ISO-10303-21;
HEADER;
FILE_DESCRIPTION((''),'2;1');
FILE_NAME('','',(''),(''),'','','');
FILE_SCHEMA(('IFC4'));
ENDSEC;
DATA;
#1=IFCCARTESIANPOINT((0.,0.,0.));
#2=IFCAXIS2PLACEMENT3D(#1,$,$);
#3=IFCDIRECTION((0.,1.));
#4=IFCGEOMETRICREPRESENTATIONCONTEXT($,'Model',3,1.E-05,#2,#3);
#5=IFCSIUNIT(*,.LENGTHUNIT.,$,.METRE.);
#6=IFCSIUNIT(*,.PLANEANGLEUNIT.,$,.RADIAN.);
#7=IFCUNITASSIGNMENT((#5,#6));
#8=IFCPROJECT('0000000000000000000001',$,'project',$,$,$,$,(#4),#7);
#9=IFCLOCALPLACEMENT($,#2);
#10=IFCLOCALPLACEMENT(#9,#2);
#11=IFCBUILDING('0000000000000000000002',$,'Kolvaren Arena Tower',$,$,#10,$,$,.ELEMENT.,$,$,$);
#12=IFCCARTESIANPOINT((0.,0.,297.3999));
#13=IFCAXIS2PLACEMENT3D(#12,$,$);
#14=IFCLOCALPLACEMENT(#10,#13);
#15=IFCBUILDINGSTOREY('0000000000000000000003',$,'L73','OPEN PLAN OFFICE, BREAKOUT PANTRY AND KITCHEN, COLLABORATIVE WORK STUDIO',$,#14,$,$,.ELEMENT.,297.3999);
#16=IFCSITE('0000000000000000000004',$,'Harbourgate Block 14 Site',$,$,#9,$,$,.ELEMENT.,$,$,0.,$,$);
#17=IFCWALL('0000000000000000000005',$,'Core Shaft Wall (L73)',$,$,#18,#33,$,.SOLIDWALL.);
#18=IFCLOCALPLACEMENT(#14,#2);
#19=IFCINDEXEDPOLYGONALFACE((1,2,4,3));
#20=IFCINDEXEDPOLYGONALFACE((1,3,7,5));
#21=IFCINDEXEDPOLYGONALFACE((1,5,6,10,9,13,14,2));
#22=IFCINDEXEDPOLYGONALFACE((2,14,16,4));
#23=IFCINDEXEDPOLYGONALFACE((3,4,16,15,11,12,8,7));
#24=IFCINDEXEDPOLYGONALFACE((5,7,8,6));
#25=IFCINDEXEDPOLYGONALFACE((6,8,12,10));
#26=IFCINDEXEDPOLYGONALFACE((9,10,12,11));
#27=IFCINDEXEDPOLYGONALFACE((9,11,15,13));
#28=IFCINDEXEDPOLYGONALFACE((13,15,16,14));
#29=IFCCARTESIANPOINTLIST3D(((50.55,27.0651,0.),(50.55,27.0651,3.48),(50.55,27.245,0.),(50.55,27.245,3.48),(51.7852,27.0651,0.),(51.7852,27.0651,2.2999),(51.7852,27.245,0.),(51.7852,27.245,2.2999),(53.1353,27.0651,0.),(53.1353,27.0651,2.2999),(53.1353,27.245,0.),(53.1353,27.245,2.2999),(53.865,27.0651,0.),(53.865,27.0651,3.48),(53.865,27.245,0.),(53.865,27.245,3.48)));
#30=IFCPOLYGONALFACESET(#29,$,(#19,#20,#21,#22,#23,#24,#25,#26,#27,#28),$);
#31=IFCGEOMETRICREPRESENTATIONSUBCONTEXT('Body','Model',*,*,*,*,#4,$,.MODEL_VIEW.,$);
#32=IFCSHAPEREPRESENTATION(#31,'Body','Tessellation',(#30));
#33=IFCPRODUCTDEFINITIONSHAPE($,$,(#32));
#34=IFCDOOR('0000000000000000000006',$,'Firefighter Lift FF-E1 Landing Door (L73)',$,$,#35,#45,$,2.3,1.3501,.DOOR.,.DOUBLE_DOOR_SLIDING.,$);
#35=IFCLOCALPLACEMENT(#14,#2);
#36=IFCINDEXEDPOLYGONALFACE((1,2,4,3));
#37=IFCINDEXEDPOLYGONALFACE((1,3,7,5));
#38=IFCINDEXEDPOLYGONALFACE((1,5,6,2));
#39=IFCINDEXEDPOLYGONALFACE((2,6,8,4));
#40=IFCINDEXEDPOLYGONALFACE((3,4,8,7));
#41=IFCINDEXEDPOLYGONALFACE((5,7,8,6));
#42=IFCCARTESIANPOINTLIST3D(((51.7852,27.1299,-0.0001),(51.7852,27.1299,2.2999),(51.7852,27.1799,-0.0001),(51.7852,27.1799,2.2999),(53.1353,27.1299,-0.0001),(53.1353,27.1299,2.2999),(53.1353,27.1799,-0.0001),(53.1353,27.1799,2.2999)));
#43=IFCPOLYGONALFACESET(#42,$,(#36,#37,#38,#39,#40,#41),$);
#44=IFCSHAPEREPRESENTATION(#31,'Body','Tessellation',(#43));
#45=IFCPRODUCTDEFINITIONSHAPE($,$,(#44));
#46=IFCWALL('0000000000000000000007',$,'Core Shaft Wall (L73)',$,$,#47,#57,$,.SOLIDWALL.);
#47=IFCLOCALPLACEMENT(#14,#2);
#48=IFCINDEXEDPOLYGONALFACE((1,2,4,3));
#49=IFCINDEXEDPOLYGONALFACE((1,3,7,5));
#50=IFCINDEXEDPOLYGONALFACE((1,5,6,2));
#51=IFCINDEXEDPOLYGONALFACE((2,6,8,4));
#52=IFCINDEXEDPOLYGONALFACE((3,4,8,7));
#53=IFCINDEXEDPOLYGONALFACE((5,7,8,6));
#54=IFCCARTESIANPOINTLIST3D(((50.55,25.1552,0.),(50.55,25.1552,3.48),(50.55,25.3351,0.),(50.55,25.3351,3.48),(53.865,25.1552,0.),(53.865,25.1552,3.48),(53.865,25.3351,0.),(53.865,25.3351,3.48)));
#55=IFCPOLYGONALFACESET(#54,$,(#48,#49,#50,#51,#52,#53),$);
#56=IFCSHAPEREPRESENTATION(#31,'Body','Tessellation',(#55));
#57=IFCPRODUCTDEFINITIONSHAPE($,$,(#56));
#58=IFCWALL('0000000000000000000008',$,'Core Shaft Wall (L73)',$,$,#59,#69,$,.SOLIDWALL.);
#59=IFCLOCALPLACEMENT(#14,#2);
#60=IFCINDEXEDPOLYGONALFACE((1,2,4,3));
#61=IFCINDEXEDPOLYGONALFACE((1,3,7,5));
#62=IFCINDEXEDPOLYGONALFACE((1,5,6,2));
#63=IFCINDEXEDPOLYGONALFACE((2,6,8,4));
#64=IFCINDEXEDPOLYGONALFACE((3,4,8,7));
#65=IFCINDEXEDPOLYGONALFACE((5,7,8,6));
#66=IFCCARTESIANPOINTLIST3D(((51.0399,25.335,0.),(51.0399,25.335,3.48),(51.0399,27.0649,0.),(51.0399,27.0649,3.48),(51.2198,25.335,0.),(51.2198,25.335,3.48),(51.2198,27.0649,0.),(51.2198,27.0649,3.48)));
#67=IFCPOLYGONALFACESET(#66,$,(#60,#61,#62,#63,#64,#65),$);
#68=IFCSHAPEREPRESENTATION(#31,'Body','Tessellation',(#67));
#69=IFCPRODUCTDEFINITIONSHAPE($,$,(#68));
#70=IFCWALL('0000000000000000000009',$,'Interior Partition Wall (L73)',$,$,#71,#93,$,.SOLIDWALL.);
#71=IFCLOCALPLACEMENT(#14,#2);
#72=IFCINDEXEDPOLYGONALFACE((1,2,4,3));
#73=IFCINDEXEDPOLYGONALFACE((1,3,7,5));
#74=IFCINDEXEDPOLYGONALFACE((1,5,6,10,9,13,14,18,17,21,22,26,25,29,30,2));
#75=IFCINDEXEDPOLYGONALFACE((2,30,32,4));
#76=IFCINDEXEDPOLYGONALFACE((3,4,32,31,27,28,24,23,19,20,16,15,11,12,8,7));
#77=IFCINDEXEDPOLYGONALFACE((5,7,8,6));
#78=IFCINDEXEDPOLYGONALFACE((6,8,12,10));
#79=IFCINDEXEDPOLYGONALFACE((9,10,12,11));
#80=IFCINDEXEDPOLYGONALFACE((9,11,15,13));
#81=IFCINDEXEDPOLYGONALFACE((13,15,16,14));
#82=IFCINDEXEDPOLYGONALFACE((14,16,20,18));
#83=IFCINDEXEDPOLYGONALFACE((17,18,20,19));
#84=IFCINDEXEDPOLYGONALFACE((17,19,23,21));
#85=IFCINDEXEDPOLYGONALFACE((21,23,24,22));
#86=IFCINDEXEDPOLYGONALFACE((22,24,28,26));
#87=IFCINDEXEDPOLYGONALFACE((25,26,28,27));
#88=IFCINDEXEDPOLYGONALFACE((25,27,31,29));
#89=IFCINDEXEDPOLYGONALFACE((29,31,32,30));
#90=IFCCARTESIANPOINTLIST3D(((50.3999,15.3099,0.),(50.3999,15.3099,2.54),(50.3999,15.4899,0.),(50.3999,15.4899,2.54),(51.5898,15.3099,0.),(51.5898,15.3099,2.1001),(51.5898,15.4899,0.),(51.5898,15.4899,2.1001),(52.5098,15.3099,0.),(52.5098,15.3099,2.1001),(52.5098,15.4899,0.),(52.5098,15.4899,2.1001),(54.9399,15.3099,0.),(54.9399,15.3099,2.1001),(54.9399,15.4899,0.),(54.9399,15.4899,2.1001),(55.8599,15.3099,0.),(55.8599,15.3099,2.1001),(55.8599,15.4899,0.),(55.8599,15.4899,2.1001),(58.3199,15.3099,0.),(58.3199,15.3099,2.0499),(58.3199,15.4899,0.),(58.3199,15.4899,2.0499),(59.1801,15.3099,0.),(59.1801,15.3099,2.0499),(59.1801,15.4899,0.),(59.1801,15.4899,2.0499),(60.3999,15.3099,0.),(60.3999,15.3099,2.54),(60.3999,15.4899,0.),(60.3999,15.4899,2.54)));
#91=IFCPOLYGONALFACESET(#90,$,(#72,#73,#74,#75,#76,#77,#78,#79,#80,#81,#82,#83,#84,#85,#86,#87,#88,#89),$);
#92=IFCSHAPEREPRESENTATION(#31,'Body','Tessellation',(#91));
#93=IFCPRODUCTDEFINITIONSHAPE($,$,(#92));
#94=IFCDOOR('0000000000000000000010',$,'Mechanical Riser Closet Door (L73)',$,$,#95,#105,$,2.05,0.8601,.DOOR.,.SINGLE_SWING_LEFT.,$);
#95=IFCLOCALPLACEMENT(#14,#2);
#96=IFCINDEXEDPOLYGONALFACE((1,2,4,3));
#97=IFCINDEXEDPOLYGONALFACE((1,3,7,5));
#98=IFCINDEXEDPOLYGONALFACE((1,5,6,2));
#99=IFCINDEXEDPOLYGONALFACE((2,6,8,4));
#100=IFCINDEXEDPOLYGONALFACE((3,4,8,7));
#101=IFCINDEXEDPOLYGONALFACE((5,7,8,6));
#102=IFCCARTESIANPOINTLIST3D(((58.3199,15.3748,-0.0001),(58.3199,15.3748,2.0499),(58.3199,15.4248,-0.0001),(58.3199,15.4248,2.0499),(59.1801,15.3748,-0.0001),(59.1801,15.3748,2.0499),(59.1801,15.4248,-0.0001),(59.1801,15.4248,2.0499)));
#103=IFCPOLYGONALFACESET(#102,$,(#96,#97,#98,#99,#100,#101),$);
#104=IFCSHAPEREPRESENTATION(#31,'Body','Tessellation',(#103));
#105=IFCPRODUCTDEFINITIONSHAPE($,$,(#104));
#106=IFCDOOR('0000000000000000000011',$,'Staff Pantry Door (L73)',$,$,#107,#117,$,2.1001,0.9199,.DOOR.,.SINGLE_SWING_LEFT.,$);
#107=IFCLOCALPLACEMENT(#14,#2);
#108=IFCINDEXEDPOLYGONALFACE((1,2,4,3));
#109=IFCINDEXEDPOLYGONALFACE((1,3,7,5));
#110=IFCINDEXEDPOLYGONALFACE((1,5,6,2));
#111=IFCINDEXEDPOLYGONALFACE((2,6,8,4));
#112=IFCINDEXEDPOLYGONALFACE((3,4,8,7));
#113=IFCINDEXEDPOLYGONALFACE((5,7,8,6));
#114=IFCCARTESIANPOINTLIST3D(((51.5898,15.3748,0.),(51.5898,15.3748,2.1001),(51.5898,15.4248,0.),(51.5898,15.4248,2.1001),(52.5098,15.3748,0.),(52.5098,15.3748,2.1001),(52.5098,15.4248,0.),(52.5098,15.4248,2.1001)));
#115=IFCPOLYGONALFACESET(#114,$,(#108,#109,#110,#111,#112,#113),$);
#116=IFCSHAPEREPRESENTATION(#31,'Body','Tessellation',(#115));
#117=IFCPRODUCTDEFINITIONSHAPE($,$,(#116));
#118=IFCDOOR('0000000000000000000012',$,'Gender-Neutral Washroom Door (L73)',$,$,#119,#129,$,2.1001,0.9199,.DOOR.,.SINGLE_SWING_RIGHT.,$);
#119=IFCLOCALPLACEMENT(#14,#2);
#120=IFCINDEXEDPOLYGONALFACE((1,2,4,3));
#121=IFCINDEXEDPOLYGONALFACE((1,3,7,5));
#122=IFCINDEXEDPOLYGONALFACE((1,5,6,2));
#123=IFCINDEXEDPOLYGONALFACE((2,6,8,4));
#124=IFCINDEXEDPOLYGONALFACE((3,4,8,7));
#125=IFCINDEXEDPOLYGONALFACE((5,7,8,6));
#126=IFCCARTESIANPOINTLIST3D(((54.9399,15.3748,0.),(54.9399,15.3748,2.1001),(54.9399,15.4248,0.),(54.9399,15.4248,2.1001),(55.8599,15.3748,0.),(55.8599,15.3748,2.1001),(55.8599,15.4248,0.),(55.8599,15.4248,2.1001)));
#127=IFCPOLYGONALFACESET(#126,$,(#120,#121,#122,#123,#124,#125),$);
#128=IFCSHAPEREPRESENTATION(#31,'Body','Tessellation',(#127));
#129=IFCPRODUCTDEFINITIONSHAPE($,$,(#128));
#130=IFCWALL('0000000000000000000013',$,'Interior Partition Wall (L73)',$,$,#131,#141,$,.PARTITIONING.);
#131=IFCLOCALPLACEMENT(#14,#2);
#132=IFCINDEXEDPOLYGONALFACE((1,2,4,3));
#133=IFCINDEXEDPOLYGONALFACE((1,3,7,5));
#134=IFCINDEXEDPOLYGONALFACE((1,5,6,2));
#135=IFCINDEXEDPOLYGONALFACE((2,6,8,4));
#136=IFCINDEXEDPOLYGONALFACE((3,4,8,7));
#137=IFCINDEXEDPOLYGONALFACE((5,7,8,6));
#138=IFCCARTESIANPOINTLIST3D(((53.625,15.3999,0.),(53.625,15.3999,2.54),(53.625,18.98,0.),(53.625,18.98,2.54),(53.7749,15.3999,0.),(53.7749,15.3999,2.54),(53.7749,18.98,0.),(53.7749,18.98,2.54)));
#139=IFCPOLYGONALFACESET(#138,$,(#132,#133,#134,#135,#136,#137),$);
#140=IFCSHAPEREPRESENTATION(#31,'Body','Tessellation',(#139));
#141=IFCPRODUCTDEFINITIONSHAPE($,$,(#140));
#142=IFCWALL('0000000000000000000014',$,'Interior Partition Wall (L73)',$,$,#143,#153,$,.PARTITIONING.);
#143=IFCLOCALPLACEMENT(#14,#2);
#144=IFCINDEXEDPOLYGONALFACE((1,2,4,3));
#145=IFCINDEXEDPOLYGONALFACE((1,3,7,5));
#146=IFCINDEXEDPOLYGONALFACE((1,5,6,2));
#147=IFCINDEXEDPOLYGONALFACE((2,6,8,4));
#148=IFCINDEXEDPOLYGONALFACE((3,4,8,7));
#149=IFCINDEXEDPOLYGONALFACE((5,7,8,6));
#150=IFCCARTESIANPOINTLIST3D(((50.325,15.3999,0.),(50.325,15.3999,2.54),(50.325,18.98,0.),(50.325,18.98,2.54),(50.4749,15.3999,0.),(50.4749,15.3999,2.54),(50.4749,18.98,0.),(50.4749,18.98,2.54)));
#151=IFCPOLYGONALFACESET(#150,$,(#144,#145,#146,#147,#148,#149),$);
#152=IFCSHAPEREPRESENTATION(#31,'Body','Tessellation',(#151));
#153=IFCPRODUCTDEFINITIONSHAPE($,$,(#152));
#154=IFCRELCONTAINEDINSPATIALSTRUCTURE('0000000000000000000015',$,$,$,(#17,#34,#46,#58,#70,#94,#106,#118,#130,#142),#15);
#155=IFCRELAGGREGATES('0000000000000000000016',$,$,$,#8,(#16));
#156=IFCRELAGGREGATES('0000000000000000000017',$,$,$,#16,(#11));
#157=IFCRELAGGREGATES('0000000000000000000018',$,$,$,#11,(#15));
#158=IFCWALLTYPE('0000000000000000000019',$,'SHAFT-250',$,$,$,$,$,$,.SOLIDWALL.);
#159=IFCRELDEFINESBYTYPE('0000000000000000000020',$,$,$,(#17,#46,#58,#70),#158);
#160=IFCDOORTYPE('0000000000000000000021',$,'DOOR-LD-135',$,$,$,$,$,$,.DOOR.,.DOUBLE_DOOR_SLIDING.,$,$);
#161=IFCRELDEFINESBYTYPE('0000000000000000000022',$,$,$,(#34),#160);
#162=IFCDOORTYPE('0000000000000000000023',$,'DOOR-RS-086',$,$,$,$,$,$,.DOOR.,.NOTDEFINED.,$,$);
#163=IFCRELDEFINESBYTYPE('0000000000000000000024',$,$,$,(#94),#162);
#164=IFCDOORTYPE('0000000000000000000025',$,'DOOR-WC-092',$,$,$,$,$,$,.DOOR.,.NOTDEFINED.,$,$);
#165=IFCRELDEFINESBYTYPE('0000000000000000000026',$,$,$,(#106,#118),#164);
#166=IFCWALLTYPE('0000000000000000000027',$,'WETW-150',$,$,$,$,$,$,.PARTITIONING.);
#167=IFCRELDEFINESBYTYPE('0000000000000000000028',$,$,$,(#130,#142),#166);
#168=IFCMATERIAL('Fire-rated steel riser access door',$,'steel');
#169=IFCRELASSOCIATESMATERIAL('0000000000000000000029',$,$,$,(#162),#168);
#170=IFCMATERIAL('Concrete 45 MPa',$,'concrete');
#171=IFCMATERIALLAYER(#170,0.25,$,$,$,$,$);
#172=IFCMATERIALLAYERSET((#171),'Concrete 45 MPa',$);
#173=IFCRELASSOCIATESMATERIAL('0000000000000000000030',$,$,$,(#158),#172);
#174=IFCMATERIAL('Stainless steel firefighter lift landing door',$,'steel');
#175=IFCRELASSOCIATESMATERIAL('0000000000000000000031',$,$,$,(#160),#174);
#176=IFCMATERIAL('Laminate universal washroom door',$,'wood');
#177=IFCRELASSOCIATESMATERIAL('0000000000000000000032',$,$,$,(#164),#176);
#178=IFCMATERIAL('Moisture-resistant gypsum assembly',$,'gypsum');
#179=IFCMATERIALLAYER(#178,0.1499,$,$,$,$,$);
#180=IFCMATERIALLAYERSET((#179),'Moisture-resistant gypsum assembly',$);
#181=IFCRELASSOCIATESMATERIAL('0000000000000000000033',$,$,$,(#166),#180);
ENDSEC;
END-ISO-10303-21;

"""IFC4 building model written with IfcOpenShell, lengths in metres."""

from ifc_helpers import new_model, si_unit, direction, frame, frame_2d, origin, place, context, subcontext, project, spatial, rectangle, extrude, material, layer, layer_set, type_object, element, fill, save


model = new_model("IFC4")

# Units and contexts
model_context = context("Model", 3, precision=1e-05, world=origin(), true_north=direction((0.0, 1.0)))
body_context = subcontext(model_context, "Body", "Model", "MODEL_VIEW")
ifc_project = project(units=[si_unit("LENGTHUNIT", "METRE"), si_unit("PLANEANGLEUNIT", "RADIAN")], contexts=[model_context])

# Site, building, storey
site_placement = place(None, origin())
site = spatial("IfcSite", under=ifc_project, at=site_placement, Name="Harbourgate Block 14 Site", CompositionType="ELEMENT", RefElevation=0.0)
building_placement = place(site_placement, origin())
building = spatial("IfcBuilding", under=site, at=building_placement, Name="Kolvaren Arena Tower", CompositionType="ELEMENT")
storey_placement = place(building_placement, frame((0.0, 0.0, 297.3999)))
storey = spatial("IfcBuildingStorey", under=building, at=storey_placement, Name="L73", Description="OPEN PLAN OFFICE, BREAKOUT PANTRY AND KITCHEN, COLLABORATIVE WORK STUDIO", CompositionType="ELEMENT", Elevation=297.3999)

# Shared definitions
ifc_material_1 = material(Name="Fire-rated steel riser access door", Category="steel")
door_type_1 = type_object("IfcDoorType", Name="DOOR-RS-086", OperationType="NOTDEFINED", PredefinedType="DOOR", material=ifc_material_1)

# Wall, opening, door
ifc_material_2 = material(Name="Concrete 45 MPa", Category="concrete")
ifc_layer_1 = layer(ifc_material_2, 0.25)
ifc_layer_set_1 = layer_set([ifc_layer_1], Name="Concrete 45 MPa")
wall_type_1 = type_object("IfcWallType", Name="SHAFT-250", PredefinedType="SOLIDWALL", material=ifc_layer_set_1)
wall_1_placement = place(storey_placement, frame((50.55, 27.155, 0.0), z_axis=(0.0, 0.0, 1.0), x_axis=(1.0, 0.0, 0.0)))
wall_1 = element("IfcWall", 1, at=wall_1_placement, inside=storey, type_object=wall_type_1, Name="Core Shaft Wall (L73)", PredefinedType="SOLIDWALL", context=body_context, shape_type="SweptSolid", body=[
    extrude(rectangle(XDim=3.3149, YDim=0.1799, at=frame_2d((1.6575, 0.0))), origin(), (0.0, 0.0, 1.0), 3.48),
])
opening_1_placement = place(wall_1_placement, frame((1.2351, 0.0, 0.0)))
opening_1 = element("IfcOpeningElement", 2, at=opening_1_placement, cuts=wall_1, PredefinedType="OPENING", context=body_context, shape_type="SweptSolid", body=[
    extrude(rectangle(XDim=1.3501, YDim=2.3, at=frame_2d((0.675, 1.1499))), frame((0.0, 0.0999, 0.0), z_axis=(0.0, -1.0, 0.0), x_axis=(1.0, 0.0, 0.0)), (0.0, 0.0, 1.0), 0.2),
])
ifc_material_3 = material(Name="Stainless steel firefighter lift landing door", Category="steel")
door_type_2 = type_object("IfcDoorType", Name="DOOR-LD-135", OperationType="DOUBLE_DOOR_SLIDING", PredefinedType="DOOR", material=ifc_material_3)
door_1_placement = place(opening_1_placement, origin())
door_1 = element("IfcDoor", 3, at=door_1_placement, inside=storey, type_object=door_type_2, Name="Firefighter Lift FF-E1 Landing Door (L73)", OperationType="DOUBLE_DOOR_SLIDING", OverallHeight=2.3, OverallWidth=1.3501, PredefinedType="DOOR", context=body_context, shape_type="SweptSolid", body=[
    extrude(rectangle(XDim=1.3501, YDim=2.3, at=frame_2d((0.675, 1.1499))), frame((0.0, 0.0249, 0.0), z_axis=(0.0, -1.0, 0.0), x_axis=(1.0, 0.0, 0.0)), (0.0, 0.0, 1.0), 0.05),
])
fill(opening_1, door_1)

# Walls
wall_2_placement = place(storey_placement, frame((50.55, 25.2451, 0.0), z_axis=(0.0, 0.0, 1.0), x_axis=(1.0, 0.0, 0.0)))
element("IfcWall", 4, at=wall_2_placement, inside=storey, type_object=wall_type_1, Name="Core Shaft Wall (L73)", PredefinedType="SOLIDWALL", context=body_context, shape_type="SweptSolid", body=[
    extrude(rectangle(XDim=3.3149, YDim=0.1799, at=frame_2d((1.6575, 0.0))), origin(), (0.0, 0.0, 1.0), 3.48),
])
wall_3_placement = place(storey_placement, frame((51.1299, 25.335, 0.0), z_axis=(0.0, 0.0, 1.0), x_axis=(0.0, 1.0, 0.0)))
element("IfcWall", 5, at=wall_3_placement, inside=storey, type_object=wall_type_1, Name="Core Shaft Wall (L73)", PredefinedType="SOLIDWALL", context=body_context, shape_type="SweptSolid", body=[
    extrude(rectangle(XDim=1.73, YDim=0.1799, at=frame_2d((0.865, 0.0))), origin(), (0.0, 0.0, 1.0), 3.48),
])

# Wall, openings, doors
wall_4_placement = place(storey_placement, frame((50.3999, 15.3999, 0.0), z_axis=(0.0, 0.0, 1.0), x_axis=(1.0, 0.0, 0.0)))
wall_4 = element("IfcWall", 6, at=wall_4_placement, inside=storey, type_object=wall_type_1, Name="Interior Partition Wall (L73)", PredefinedType="SOLIDWALL", context=body_context, shape_type="SweptSolid", body=[
    extrude(rectangle(XDim=10.0, YDim=0.1799, at=frame_2d((5.0, 0.0))), origin(), (0.0, 0.0, 1.0), 2.54),
])
opening_2_placement = place(wall_4_placement, frame((1.1899, 0.0, 0.0)))
opening_2 = element("IfcOpeningElement", 7, at=opening_2_placement, cuts=wall_4, PredefinedType="OPENING", context=body_context, shape_type="SweptSolid", body=[
    extrude(rectangle(XDim=0.9199, YDim=2.1001, at=frame_2d((0.46, 1.05))), frame((0.0, 0.0999, 0.0), z_axis=(0.0, -1.0, 0.0), x_axis=(1.0, 0.0, 0.0)), (0.0, 0.0, 1.0), 0.2),
])
opening_3_placement = place(wall_4_placement, frame((4.54, 0.0, 0.0)))
opening_3 = element("IfcOpeningElement", 8, at=opening_3_placement, cuts=wall_4, PredefinedType="OPENING", context=body_context, shape_type="SweptSolid", body=[
    extrude(rectangle(XDim=0.9199, YDim=2.1001, at=frame_2d((0.46, 1.05))), frame((0.0, 0.0999, 0.0), z_axis=(0.0, -1.0, 0.0), x_axis=(1.0, 0.0, 0.0)), (0.0, 0.0, 1.0), 0.2),
])
opening_4_placement = place(wall_4_placement, frame((7.9199, 0.0, 0.0)))
opening_4 = element("IfcOpeningElement", 9, at=opening_4_placement, cuts=wall_4, PredefinedType="OPENING", context=body_context, shape_type="SweptSolid", body=[
    extrude(rectangle(XDim=0.8601, YDim=2.05, at=frame_2d((0.4302, 1.0249))), frame((0.0, 0.0999, 0.0), z_axis=(0.0, -1.0, 0.0), x_axis=(1.0, 0.0, 0.0)), (0.0, 0.0, 1.0), 0.2),
])
door_2_placement = place(opening_4_placement, origin())
door_2 = element("IfcDoor", 10, at=door_2_placement, inside=storey, type_object=door_type_1, Name="Mechanical Riser Closet Door (L73)", OperationType="SINGLE_SWING_LEFT", OverallHeight=2.05, OverallWidth=0.8601, PredefinedType="DOOR", context=body_context, shape_type="SweptSolid", body=[
    extrude(rectangle(XDim=0.8601, YDim=2.05, at=frame_2d((0.4302, 1.0249))), frame((0.0, 0.0249, 0.0), z_axis=(0.0, -1.0, 0.0), x_axis=(1.0, 0.0, 0.0)), (0.0, 0.0, 1.0), 0.05),
])
fill(opening_4, door_2)
ifc_material_4 = material(Name="Laminate universal washroom door", Category="wood")
door_type_3 = type_object("IfcDoorType", Name="DOOR-WC-092", OperationType="NOTDEFINED", PredefinedType="DOOR", material=ifc_material_4)
door_3_placement = place(opening_2_placement, origin())
door_3 = element("IfcDoor", 11, at=door_3_placement, inside=storey, type_object=door_type_3, Name="Staff Pantry Door (L73)", OperationType="SINGLE_SWING_LEFT", OverallHeight=2.1001, OverallWidth=0.9199, PredefinedType="DOOR", context=body_context, shape_type="SweptSolid", body=[
    extrude(rectangle(XDim=0.9199, YDim=2.1001, at=frame_2d((0.46, 1.05))), frame((0.0, 0.0249, 0.0), z_axis=(0.0, -1.0, 0.0), x_axis=(1.0, 0.0, 0.0)), (0.0, 0.0, 1.0), 0.05),
])
fill(opening_2, door_3)
door_4_placement = place(opening_3_placement, origin())
door_4 = element("IfcDoor", 12, at=door_4_placement, inside=storey, type_object=door_type_3, Name="Gender-Neutral Washroom Door (L73)", OperationType="SINGLE_SWING_RIGHT", OverallHeight=2.1001, OverallWidth=0.9199, PredefinedType="DOOR", context=body_context, shape_type="SweptSolid", body=[
    extrude(rectangle(XDim=0.9199, YDim=2.1001, at=frame_2d((0.46, 1.05))), frame((0.0, 0.0249, 0.0), z_axis=(0.0, -1.0, 0.0), x_axis=(1.0, 0.0, 0.0)), (0.0, 0.0, 1.0), 0.05),
])
fill(opening_3, door_4)

# Walls
ifc_material_5 = material(Name="Moisture-resistant gypsum assembly", Category="gypsum")
ifc_layer_2 = layer(ifc_material_5, 0.1499)
ifc_layer_set_2 = layer_set([ifc_layer_2], Name="Moisture-resistant gypsum assembly")
wall_type_2 = type_object("IfcWallType", Name="WETW-150", PredefinedType="PARTITIONING", material=ifc_layer_set_2)
for number, where, z_axis, x_axis, name in (
    (13, (53.7, 15.3999, 0.0), (0.0, 0.0, 1.0), (0.0, 1.0, 0.0), "Interior Partition Wall (L73)"),
    (14, (50.3999, 15.3999, 0.0), (0.0, 0.0, 1.0), (0.0, 1.0, 0.0), "Interior Partition Wall (L73)"),
):
    element("IfcWall", number, at=place(storey_placement, frame(where, z_axis=z_axis, x_axis=x_axis)), inside=storey, type_object=wall_type_2, Name=name, PredefinedType="PARTITIONING", context=body_context, shape_type="SweptSolid", body=[
        extrude(rectangle(XDim=3.5801, YDim=0.1499, at=frame_2d((1.79, 0.0))), origin(), (0.0, 0.0, 1.0), 2.54),
    ])

save(model, "model.ifc")
